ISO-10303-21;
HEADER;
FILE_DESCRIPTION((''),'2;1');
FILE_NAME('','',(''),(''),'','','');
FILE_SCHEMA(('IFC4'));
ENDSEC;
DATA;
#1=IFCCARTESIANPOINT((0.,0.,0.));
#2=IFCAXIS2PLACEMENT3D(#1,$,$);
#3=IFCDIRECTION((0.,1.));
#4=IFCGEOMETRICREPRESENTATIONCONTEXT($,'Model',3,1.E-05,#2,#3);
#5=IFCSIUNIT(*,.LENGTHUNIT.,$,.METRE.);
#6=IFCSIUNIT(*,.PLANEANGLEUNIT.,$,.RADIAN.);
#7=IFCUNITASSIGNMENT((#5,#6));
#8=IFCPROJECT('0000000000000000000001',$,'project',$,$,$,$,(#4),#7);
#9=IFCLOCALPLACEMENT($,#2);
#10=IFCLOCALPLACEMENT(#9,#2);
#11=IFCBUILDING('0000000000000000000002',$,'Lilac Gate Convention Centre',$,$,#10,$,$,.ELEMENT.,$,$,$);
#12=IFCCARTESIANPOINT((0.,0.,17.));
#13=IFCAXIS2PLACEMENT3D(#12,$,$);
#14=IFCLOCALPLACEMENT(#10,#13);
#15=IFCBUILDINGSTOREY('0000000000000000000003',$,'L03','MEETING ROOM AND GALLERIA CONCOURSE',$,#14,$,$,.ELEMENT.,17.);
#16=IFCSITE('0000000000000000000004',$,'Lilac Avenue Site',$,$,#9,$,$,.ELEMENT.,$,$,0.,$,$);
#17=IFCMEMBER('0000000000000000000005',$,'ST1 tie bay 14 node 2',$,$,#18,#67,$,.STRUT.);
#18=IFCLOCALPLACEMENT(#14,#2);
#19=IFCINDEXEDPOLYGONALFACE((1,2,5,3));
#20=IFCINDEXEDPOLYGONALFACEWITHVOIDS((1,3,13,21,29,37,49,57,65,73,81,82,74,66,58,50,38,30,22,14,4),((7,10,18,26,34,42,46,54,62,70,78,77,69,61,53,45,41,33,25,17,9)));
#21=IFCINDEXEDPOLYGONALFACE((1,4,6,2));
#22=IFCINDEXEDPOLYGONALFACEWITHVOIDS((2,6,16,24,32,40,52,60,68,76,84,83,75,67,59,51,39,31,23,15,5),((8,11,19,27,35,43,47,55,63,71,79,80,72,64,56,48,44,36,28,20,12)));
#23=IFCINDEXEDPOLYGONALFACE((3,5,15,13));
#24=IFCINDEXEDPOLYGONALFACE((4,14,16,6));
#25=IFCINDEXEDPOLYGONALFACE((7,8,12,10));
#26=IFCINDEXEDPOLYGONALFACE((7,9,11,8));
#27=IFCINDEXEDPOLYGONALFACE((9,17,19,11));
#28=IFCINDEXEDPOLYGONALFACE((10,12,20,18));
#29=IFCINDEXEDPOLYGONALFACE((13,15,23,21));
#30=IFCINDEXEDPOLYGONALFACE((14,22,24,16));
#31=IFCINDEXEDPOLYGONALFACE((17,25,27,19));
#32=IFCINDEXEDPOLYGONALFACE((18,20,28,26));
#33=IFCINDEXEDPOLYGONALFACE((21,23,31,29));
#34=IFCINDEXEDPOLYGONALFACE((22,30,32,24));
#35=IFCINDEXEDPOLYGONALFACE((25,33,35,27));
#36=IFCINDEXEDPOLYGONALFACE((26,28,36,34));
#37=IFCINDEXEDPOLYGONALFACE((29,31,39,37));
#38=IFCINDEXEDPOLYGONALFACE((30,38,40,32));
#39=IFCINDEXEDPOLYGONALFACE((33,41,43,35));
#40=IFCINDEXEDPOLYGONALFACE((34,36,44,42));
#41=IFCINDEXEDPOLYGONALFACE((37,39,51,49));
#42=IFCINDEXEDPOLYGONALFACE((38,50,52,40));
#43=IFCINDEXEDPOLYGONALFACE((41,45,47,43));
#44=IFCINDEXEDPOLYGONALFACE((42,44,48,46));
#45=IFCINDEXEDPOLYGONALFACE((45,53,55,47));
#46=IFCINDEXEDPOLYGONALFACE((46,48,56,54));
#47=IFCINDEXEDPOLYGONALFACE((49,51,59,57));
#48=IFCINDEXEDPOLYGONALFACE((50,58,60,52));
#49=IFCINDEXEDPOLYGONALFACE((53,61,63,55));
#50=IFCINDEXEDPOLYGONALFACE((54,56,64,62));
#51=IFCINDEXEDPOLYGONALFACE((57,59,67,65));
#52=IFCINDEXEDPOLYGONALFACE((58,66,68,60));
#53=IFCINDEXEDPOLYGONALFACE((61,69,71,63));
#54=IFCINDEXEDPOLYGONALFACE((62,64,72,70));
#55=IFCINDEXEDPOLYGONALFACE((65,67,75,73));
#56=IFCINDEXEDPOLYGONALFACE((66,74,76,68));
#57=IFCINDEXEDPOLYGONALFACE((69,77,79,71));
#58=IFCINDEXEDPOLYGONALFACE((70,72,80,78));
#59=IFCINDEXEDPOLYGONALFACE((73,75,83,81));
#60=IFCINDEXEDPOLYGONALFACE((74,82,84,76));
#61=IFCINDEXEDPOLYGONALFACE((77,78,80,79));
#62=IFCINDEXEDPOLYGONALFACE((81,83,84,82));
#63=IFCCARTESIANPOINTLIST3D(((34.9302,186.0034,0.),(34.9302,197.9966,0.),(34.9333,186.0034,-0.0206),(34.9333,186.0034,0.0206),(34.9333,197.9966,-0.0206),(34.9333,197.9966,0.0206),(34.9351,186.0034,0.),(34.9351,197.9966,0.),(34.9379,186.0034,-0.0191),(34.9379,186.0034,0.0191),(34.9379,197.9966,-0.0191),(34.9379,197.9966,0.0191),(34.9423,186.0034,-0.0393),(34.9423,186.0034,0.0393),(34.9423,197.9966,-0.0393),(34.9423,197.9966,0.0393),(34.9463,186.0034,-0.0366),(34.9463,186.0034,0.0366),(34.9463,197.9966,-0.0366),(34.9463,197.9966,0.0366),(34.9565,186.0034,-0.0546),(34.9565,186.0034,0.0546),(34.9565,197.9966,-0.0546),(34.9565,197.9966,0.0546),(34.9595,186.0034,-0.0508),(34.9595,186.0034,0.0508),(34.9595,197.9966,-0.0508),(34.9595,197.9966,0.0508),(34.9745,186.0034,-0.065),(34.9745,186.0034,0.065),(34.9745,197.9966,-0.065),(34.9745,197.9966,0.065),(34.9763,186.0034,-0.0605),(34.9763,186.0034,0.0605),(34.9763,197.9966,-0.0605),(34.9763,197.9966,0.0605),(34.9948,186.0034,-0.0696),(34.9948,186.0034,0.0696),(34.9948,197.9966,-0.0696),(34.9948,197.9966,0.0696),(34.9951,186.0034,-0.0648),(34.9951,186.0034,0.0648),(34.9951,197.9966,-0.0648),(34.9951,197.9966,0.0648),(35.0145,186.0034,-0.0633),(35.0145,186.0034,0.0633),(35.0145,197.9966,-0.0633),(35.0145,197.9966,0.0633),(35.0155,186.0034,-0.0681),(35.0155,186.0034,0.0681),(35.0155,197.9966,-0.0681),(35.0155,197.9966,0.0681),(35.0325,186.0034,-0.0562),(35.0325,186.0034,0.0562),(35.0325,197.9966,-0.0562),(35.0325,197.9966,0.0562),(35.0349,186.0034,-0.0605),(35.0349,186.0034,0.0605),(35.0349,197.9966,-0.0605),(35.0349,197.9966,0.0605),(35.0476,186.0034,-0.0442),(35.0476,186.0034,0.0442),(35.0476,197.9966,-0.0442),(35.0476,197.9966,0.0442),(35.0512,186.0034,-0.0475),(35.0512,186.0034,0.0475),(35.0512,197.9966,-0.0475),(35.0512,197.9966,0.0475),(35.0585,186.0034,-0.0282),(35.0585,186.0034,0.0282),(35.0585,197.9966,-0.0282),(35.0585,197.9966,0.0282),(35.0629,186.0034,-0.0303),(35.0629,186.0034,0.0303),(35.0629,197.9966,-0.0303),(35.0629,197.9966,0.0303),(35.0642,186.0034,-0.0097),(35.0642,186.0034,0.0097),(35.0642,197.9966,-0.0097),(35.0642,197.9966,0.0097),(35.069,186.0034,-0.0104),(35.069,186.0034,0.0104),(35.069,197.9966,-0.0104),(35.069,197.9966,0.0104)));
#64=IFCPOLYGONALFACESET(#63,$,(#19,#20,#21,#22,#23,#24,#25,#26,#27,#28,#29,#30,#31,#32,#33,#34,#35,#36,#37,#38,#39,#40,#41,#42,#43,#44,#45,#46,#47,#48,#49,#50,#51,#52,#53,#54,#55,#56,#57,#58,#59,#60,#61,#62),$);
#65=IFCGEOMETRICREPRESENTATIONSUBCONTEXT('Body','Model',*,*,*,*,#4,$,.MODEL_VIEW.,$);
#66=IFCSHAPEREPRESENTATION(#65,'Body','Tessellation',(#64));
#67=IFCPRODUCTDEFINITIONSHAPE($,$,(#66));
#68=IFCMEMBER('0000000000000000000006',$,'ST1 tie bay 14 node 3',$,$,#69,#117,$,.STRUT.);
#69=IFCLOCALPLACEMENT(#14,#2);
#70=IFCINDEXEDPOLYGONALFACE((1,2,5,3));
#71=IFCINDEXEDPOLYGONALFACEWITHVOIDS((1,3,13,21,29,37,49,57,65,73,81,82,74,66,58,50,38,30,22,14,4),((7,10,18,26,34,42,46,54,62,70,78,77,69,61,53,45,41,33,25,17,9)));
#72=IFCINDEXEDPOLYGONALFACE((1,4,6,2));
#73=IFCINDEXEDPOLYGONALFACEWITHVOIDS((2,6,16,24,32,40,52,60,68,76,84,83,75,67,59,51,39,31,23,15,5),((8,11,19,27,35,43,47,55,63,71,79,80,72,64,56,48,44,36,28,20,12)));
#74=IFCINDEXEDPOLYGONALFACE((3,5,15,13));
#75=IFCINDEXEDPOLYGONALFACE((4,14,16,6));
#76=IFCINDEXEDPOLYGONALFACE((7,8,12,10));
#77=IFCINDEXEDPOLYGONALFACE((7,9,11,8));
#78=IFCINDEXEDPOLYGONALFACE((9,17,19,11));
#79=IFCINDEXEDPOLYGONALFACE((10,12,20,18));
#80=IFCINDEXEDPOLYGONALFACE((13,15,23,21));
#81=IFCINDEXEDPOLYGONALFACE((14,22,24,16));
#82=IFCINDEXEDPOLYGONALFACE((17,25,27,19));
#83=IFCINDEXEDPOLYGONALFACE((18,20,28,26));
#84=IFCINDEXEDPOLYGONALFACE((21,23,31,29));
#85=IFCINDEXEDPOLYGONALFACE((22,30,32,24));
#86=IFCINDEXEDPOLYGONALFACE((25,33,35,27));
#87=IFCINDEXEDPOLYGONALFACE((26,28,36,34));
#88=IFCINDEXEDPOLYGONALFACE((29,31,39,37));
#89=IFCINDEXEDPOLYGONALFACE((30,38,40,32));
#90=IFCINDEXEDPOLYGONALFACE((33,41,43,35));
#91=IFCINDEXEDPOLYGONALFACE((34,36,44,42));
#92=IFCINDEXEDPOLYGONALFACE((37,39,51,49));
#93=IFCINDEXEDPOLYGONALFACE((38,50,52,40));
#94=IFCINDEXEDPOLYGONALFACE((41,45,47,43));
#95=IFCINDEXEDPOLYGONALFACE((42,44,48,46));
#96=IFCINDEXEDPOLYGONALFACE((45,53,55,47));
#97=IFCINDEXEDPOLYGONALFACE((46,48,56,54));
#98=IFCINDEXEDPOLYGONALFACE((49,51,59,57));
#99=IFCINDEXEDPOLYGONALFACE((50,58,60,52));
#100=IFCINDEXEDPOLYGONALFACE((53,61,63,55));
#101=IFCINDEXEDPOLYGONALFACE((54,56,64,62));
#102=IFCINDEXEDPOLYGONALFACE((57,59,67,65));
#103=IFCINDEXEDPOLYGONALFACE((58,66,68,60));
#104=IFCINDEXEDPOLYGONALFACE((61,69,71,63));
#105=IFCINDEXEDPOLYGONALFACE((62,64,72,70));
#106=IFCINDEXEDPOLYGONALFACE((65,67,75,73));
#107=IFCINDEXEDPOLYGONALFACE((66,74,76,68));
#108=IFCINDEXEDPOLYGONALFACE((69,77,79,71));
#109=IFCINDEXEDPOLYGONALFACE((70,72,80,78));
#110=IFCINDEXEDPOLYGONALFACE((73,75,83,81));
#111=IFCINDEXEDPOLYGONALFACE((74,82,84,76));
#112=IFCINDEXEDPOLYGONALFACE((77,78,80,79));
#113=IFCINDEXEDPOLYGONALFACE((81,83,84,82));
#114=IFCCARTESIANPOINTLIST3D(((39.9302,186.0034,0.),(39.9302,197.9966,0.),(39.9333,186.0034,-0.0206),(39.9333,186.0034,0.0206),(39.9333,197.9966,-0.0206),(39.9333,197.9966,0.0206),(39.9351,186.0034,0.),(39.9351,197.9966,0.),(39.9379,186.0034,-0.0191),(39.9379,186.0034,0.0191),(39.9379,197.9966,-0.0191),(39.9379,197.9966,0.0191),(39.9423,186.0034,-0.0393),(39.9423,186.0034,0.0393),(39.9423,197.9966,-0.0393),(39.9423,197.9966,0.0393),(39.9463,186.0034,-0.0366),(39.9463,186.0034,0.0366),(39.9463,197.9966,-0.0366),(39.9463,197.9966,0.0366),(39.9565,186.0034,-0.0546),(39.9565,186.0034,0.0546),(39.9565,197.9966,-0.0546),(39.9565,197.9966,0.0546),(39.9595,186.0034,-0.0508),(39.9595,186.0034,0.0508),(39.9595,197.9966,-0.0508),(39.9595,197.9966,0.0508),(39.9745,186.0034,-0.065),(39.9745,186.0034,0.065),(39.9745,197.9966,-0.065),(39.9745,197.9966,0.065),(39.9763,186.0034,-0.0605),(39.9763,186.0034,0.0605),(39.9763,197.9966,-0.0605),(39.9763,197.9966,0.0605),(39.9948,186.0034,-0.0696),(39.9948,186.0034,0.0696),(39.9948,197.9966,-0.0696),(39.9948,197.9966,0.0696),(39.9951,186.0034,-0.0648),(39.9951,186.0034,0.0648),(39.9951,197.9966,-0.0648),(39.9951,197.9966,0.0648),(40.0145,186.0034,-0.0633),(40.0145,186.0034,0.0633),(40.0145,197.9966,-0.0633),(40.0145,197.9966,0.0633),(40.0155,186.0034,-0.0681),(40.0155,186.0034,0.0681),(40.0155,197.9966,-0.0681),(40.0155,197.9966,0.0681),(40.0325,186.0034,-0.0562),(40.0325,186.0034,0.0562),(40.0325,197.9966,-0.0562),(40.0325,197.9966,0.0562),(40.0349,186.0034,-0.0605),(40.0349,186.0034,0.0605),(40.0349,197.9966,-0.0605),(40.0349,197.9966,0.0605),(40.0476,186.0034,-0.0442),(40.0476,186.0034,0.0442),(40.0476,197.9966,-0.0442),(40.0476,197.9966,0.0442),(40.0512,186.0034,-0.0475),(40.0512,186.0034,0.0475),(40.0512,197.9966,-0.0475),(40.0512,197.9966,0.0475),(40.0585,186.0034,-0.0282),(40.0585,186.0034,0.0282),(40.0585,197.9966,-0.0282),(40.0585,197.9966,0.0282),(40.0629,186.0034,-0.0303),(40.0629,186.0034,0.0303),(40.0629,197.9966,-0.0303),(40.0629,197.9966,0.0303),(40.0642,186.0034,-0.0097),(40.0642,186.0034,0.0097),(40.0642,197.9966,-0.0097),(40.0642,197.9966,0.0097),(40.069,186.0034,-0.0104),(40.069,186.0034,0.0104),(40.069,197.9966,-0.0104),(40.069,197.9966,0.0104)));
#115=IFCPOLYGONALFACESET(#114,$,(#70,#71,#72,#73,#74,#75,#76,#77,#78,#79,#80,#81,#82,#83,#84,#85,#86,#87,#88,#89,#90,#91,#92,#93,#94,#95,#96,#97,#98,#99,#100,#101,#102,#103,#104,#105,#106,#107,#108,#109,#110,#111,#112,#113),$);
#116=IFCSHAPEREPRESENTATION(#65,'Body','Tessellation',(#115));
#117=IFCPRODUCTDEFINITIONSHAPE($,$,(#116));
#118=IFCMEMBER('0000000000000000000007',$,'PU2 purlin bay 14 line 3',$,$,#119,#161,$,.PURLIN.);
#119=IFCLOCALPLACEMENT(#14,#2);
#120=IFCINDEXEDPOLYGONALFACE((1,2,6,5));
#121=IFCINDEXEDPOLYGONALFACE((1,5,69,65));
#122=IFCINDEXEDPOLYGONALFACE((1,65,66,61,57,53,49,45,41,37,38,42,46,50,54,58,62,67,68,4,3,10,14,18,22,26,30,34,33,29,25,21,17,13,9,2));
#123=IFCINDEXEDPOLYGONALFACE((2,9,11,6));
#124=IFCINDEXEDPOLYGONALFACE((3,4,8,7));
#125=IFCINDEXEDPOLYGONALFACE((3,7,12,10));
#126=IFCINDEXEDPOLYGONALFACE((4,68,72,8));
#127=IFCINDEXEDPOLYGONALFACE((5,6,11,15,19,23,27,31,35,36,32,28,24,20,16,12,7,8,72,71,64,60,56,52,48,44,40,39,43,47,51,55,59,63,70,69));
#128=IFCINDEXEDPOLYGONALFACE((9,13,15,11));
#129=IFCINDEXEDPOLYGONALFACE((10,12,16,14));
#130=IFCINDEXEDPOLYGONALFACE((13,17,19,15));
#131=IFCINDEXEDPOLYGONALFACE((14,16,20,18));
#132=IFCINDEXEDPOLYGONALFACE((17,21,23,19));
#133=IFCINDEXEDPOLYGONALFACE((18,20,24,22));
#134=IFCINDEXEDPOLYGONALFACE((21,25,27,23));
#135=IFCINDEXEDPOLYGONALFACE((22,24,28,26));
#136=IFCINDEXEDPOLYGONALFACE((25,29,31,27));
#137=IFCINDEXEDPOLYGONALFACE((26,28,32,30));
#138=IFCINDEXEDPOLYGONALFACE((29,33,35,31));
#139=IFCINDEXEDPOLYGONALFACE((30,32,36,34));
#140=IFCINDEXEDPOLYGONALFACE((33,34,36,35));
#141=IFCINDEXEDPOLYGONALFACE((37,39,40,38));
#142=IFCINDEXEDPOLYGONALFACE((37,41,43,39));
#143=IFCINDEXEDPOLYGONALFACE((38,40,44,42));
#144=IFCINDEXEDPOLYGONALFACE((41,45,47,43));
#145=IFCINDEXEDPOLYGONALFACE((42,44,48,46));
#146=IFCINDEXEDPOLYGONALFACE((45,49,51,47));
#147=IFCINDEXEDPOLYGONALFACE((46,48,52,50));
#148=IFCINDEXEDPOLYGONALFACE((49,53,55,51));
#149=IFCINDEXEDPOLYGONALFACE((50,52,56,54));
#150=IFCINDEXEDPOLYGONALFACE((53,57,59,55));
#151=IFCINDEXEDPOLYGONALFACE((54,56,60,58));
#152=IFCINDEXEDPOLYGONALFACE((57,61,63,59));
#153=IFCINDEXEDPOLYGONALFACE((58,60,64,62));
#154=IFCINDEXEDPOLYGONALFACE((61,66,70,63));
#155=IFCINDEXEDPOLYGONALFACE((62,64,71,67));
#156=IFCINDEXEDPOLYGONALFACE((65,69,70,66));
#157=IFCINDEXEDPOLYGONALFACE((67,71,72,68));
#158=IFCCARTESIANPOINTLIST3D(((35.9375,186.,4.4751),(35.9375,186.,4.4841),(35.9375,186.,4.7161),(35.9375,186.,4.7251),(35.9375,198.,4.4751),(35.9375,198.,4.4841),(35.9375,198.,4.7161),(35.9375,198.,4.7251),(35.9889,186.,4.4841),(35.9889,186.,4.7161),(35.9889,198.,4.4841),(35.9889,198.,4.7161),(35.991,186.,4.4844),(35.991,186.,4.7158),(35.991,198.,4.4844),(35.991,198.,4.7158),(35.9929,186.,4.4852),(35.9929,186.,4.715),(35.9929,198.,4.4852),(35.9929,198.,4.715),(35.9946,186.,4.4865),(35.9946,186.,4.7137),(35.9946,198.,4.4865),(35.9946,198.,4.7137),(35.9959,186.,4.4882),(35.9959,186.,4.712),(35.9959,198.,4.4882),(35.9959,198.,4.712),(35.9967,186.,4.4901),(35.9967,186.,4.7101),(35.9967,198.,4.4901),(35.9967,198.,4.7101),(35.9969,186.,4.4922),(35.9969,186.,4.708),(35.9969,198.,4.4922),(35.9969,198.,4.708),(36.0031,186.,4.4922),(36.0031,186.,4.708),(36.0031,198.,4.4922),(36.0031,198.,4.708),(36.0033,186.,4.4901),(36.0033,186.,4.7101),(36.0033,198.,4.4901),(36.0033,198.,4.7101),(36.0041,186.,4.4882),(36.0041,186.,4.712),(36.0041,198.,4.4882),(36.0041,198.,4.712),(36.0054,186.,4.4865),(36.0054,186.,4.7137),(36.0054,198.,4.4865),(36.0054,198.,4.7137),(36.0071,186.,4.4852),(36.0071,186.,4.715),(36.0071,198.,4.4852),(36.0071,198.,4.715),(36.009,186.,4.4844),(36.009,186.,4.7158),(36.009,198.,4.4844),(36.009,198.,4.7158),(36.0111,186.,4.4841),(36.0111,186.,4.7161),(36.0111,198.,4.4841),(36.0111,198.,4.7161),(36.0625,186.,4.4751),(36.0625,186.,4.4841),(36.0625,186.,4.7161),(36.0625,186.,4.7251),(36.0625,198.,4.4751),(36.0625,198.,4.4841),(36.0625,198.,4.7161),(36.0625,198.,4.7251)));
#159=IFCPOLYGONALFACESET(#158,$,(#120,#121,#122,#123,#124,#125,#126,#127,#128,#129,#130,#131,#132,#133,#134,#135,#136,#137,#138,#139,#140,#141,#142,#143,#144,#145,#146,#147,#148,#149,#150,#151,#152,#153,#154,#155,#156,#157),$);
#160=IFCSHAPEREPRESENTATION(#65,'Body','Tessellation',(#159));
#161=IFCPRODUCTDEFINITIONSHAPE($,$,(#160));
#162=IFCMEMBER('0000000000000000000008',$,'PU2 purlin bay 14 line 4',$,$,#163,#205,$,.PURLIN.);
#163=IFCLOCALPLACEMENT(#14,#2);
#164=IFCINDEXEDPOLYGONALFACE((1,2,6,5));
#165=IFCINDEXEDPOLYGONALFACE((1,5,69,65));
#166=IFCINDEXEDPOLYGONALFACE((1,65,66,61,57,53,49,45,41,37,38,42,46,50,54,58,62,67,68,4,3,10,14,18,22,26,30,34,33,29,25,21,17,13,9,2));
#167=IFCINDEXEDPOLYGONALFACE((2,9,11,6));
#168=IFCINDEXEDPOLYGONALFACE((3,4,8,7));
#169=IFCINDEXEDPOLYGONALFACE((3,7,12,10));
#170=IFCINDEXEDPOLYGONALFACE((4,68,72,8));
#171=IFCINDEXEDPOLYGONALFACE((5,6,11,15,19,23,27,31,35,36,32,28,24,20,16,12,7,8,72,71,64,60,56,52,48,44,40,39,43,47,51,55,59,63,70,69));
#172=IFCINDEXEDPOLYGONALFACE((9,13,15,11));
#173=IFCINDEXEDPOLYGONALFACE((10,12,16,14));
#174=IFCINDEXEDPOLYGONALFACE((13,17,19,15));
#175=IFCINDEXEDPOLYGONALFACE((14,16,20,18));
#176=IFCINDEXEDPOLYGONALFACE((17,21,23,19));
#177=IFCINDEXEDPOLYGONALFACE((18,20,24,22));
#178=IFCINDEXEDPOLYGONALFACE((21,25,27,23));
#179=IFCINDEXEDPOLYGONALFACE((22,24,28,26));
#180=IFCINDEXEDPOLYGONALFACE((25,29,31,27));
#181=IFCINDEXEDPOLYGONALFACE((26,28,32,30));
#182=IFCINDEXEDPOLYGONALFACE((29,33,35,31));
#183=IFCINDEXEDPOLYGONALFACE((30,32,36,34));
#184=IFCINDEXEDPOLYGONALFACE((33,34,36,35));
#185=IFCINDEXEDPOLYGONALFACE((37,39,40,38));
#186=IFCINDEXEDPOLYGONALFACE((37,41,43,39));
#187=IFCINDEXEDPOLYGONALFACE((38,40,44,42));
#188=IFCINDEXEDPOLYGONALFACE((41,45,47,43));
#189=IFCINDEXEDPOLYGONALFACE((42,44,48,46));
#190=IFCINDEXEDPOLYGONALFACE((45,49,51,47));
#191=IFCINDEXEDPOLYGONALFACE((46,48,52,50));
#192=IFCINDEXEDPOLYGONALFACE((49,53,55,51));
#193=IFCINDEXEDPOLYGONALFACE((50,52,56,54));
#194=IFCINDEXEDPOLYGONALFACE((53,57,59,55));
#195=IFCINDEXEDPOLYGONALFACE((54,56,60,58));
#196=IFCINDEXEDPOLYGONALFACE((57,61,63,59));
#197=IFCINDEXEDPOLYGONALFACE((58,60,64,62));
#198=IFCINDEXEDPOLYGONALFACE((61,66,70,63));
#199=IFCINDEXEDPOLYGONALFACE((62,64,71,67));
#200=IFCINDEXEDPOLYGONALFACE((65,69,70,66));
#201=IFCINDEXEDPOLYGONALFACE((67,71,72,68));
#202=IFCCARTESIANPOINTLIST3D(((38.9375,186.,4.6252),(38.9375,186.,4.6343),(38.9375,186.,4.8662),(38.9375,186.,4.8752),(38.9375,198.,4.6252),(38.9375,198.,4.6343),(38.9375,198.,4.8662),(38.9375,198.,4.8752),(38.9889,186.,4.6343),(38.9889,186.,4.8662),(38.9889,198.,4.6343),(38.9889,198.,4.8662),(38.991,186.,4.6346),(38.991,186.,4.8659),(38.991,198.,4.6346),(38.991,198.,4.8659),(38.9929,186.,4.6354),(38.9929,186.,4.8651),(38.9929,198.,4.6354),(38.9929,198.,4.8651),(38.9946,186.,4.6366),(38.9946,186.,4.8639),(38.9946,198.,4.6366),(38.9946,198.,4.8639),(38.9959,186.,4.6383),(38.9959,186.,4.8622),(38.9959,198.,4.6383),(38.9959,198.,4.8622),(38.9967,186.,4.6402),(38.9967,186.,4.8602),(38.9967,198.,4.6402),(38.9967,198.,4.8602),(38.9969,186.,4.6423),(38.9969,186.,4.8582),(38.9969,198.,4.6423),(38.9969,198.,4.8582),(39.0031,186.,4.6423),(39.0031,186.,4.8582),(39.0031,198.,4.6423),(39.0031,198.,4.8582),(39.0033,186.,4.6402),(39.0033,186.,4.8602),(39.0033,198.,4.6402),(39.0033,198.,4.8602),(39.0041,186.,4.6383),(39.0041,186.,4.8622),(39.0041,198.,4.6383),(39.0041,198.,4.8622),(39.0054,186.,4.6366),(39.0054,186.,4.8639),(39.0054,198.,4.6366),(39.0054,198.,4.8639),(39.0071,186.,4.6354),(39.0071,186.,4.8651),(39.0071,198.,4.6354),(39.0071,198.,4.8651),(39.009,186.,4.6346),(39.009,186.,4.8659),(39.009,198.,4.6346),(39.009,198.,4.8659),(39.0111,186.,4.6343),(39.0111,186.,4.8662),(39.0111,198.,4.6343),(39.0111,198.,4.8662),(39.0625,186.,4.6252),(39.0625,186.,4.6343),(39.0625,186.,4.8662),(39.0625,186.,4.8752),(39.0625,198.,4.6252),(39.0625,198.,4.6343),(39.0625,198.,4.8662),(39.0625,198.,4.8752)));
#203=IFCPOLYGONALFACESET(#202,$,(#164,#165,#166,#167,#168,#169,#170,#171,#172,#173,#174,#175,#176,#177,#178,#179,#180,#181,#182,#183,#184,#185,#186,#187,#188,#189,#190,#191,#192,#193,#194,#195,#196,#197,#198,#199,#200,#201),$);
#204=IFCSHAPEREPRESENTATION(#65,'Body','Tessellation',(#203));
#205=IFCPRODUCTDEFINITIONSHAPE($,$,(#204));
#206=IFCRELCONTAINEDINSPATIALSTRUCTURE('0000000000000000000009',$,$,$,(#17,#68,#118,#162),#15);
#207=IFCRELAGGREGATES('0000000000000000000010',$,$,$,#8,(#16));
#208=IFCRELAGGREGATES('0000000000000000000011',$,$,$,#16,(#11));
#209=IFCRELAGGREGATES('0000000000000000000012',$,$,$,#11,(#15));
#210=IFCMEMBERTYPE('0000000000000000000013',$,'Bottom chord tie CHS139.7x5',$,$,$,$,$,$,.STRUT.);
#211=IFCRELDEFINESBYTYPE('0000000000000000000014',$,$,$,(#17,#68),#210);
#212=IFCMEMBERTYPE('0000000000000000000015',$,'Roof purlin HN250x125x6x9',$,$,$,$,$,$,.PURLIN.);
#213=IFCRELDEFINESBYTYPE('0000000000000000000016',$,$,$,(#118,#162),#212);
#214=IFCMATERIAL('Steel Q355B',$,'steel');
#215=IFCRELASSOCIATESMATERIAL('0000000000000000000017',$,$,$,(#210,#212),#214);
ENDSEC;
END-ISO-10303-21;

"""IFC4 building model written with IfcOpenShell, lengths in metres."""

from ifc_helpers import new_model, si_unit, direction, frame, origin, origin_2d, place, context, subcontext, project, spatial, hollow_circle, i_section, extrude, material, material_profile, profile_set, type_object, element, save


model = new_model("IFC4")

# Units and contexts
model_context = context("Model", 3, precision=1e-05, world=origin(), true_north=direction((0.0, 1.0)))
body_context = subcontext(model_context, "Body", "Model", "MODEL_VIEW")
ifc_project = project(units=[si_unit("LENGTHUNIT", "METRE"), si_unit("PLANEANGLEUNIT", "RADIAN")], contexts=[model_context])

# Site, building, storey
site_placement = place(None, origin())
site = spatial("IfcSite", under=ifc_project, at=site_placement, Name="Lilac Avenue Site", CompositionType="ELEMENT", RefElevation=0.0)
building_placement = place(site_placement, origin())
building = spatial("IfcBuilding", under=site, at=building_placement, Name="Lilac Gate Convention Centre", CompositionType="ELEMENT")
storey_placement = place(building_placement, frame((0.0, 0.0, 17.0)))
storey = spatial("IfcBuildingStorey", under=building, at=storey_placement, Name="L03", Description="MEETING ROOM AND GALLERIA CONCOURSE", CompositionType="ELEMENT", Elevation=17.0)

# Members
ifc_material = material(Name="Steel Q355B", Category="steel")
ifc_material_profile_1 = material_profile(ifc_material, hollow_circle(Radius=0.0698, WallThickness=0.0049, at=origin_2d()), Name="CHS139.7x5")
ifc_profile_set_1 = profile_set([ifc_material_profile_1], Name="Steel Q355B")
member_type_1 = type_object("IfcMemberType", Name="Bottom chord tie CHS139.7x5", PredefinedType="STRUT", material=ifc_profile_set_1)
for number, where, z_axis, x_axis, name in (
    (1, (35.0, 186.0034, 0.0), (0.0, 1.0, 0.0), (-1.0, 0.0, 0.0), "ST1 tie bay 14 node 2"),
    (2, (40.0, 186.0034, 0.0), (0.0, 1.0, 0.0), (-1.0, 0.0, 0.0), "ST1 tie bay 14 node 3"),
):
    element("IfcMember", number, at=place(storey_placement, frame(where, z_axis=z_axis, x_axis=x_axis)), inside=storey, type_object=member_type_1, Name=name, PredefinedType="STRUT", context=body_context, shape_type="SweptSolid", body=[
        extrude(hollow_circle(Radius=0.0698, WallThickness=0.0049, at=origin_2d()), origin(), (0.0, 0.0, 1.0), 11.9932),
    ])
ifc_material_profile_2 = material_profile(ifc_material, i_section(OverallWidth=0.125, OverallDepth=0.25, WebThickness=0.0061, FlangeThickness=0.009, FilletRadius=0.0081, at=origin_2d()), Name="HN250x125x6x9")
ifc_profile_set_2 = profile_set([ifc_material_profile_2], Name="Steel Q355B")
member_type_2 = type_object("IfcMemberType", Name="Roof purlin HN250x125x6x9", PredefinedType="PURLIN", material=ifc_profile_set_2)
for number, where, z_axis, x_axis, name in (
    (3, (36.0, 186.0, 4.6001), (0.0, 1.0, 0.0), (-1.0, 0.0, 0.0), "PU2 purlin bay 14 line 3"),
    (4, (39.0, 186.0, 4.7502), (0.0, 1.0, 0.0), (-1.0, 0.0, 0.0), "PU2 purlin bay 14 line 4"),
):
    element("IfcMember", number, at=place(storey_placement, frame(where, z_axis=z_axis, x_axis=x_axis)), inside=storey, type_object=member_type_2, Name=name, PredefinedType="PURLIN", context=body_context, shape_type="SweptSolid", body=[
        extrude(i_section(OverallWidth=0.125, OverallDepth=0.25, WebThickness=0.0061, FlangeThickness=0.009, FilletRadius=0.0081, at=origin_2d()), origin(), (0.0, 0.0, 1.0), 12.0),
    ])

save(model, "model.ifc")
